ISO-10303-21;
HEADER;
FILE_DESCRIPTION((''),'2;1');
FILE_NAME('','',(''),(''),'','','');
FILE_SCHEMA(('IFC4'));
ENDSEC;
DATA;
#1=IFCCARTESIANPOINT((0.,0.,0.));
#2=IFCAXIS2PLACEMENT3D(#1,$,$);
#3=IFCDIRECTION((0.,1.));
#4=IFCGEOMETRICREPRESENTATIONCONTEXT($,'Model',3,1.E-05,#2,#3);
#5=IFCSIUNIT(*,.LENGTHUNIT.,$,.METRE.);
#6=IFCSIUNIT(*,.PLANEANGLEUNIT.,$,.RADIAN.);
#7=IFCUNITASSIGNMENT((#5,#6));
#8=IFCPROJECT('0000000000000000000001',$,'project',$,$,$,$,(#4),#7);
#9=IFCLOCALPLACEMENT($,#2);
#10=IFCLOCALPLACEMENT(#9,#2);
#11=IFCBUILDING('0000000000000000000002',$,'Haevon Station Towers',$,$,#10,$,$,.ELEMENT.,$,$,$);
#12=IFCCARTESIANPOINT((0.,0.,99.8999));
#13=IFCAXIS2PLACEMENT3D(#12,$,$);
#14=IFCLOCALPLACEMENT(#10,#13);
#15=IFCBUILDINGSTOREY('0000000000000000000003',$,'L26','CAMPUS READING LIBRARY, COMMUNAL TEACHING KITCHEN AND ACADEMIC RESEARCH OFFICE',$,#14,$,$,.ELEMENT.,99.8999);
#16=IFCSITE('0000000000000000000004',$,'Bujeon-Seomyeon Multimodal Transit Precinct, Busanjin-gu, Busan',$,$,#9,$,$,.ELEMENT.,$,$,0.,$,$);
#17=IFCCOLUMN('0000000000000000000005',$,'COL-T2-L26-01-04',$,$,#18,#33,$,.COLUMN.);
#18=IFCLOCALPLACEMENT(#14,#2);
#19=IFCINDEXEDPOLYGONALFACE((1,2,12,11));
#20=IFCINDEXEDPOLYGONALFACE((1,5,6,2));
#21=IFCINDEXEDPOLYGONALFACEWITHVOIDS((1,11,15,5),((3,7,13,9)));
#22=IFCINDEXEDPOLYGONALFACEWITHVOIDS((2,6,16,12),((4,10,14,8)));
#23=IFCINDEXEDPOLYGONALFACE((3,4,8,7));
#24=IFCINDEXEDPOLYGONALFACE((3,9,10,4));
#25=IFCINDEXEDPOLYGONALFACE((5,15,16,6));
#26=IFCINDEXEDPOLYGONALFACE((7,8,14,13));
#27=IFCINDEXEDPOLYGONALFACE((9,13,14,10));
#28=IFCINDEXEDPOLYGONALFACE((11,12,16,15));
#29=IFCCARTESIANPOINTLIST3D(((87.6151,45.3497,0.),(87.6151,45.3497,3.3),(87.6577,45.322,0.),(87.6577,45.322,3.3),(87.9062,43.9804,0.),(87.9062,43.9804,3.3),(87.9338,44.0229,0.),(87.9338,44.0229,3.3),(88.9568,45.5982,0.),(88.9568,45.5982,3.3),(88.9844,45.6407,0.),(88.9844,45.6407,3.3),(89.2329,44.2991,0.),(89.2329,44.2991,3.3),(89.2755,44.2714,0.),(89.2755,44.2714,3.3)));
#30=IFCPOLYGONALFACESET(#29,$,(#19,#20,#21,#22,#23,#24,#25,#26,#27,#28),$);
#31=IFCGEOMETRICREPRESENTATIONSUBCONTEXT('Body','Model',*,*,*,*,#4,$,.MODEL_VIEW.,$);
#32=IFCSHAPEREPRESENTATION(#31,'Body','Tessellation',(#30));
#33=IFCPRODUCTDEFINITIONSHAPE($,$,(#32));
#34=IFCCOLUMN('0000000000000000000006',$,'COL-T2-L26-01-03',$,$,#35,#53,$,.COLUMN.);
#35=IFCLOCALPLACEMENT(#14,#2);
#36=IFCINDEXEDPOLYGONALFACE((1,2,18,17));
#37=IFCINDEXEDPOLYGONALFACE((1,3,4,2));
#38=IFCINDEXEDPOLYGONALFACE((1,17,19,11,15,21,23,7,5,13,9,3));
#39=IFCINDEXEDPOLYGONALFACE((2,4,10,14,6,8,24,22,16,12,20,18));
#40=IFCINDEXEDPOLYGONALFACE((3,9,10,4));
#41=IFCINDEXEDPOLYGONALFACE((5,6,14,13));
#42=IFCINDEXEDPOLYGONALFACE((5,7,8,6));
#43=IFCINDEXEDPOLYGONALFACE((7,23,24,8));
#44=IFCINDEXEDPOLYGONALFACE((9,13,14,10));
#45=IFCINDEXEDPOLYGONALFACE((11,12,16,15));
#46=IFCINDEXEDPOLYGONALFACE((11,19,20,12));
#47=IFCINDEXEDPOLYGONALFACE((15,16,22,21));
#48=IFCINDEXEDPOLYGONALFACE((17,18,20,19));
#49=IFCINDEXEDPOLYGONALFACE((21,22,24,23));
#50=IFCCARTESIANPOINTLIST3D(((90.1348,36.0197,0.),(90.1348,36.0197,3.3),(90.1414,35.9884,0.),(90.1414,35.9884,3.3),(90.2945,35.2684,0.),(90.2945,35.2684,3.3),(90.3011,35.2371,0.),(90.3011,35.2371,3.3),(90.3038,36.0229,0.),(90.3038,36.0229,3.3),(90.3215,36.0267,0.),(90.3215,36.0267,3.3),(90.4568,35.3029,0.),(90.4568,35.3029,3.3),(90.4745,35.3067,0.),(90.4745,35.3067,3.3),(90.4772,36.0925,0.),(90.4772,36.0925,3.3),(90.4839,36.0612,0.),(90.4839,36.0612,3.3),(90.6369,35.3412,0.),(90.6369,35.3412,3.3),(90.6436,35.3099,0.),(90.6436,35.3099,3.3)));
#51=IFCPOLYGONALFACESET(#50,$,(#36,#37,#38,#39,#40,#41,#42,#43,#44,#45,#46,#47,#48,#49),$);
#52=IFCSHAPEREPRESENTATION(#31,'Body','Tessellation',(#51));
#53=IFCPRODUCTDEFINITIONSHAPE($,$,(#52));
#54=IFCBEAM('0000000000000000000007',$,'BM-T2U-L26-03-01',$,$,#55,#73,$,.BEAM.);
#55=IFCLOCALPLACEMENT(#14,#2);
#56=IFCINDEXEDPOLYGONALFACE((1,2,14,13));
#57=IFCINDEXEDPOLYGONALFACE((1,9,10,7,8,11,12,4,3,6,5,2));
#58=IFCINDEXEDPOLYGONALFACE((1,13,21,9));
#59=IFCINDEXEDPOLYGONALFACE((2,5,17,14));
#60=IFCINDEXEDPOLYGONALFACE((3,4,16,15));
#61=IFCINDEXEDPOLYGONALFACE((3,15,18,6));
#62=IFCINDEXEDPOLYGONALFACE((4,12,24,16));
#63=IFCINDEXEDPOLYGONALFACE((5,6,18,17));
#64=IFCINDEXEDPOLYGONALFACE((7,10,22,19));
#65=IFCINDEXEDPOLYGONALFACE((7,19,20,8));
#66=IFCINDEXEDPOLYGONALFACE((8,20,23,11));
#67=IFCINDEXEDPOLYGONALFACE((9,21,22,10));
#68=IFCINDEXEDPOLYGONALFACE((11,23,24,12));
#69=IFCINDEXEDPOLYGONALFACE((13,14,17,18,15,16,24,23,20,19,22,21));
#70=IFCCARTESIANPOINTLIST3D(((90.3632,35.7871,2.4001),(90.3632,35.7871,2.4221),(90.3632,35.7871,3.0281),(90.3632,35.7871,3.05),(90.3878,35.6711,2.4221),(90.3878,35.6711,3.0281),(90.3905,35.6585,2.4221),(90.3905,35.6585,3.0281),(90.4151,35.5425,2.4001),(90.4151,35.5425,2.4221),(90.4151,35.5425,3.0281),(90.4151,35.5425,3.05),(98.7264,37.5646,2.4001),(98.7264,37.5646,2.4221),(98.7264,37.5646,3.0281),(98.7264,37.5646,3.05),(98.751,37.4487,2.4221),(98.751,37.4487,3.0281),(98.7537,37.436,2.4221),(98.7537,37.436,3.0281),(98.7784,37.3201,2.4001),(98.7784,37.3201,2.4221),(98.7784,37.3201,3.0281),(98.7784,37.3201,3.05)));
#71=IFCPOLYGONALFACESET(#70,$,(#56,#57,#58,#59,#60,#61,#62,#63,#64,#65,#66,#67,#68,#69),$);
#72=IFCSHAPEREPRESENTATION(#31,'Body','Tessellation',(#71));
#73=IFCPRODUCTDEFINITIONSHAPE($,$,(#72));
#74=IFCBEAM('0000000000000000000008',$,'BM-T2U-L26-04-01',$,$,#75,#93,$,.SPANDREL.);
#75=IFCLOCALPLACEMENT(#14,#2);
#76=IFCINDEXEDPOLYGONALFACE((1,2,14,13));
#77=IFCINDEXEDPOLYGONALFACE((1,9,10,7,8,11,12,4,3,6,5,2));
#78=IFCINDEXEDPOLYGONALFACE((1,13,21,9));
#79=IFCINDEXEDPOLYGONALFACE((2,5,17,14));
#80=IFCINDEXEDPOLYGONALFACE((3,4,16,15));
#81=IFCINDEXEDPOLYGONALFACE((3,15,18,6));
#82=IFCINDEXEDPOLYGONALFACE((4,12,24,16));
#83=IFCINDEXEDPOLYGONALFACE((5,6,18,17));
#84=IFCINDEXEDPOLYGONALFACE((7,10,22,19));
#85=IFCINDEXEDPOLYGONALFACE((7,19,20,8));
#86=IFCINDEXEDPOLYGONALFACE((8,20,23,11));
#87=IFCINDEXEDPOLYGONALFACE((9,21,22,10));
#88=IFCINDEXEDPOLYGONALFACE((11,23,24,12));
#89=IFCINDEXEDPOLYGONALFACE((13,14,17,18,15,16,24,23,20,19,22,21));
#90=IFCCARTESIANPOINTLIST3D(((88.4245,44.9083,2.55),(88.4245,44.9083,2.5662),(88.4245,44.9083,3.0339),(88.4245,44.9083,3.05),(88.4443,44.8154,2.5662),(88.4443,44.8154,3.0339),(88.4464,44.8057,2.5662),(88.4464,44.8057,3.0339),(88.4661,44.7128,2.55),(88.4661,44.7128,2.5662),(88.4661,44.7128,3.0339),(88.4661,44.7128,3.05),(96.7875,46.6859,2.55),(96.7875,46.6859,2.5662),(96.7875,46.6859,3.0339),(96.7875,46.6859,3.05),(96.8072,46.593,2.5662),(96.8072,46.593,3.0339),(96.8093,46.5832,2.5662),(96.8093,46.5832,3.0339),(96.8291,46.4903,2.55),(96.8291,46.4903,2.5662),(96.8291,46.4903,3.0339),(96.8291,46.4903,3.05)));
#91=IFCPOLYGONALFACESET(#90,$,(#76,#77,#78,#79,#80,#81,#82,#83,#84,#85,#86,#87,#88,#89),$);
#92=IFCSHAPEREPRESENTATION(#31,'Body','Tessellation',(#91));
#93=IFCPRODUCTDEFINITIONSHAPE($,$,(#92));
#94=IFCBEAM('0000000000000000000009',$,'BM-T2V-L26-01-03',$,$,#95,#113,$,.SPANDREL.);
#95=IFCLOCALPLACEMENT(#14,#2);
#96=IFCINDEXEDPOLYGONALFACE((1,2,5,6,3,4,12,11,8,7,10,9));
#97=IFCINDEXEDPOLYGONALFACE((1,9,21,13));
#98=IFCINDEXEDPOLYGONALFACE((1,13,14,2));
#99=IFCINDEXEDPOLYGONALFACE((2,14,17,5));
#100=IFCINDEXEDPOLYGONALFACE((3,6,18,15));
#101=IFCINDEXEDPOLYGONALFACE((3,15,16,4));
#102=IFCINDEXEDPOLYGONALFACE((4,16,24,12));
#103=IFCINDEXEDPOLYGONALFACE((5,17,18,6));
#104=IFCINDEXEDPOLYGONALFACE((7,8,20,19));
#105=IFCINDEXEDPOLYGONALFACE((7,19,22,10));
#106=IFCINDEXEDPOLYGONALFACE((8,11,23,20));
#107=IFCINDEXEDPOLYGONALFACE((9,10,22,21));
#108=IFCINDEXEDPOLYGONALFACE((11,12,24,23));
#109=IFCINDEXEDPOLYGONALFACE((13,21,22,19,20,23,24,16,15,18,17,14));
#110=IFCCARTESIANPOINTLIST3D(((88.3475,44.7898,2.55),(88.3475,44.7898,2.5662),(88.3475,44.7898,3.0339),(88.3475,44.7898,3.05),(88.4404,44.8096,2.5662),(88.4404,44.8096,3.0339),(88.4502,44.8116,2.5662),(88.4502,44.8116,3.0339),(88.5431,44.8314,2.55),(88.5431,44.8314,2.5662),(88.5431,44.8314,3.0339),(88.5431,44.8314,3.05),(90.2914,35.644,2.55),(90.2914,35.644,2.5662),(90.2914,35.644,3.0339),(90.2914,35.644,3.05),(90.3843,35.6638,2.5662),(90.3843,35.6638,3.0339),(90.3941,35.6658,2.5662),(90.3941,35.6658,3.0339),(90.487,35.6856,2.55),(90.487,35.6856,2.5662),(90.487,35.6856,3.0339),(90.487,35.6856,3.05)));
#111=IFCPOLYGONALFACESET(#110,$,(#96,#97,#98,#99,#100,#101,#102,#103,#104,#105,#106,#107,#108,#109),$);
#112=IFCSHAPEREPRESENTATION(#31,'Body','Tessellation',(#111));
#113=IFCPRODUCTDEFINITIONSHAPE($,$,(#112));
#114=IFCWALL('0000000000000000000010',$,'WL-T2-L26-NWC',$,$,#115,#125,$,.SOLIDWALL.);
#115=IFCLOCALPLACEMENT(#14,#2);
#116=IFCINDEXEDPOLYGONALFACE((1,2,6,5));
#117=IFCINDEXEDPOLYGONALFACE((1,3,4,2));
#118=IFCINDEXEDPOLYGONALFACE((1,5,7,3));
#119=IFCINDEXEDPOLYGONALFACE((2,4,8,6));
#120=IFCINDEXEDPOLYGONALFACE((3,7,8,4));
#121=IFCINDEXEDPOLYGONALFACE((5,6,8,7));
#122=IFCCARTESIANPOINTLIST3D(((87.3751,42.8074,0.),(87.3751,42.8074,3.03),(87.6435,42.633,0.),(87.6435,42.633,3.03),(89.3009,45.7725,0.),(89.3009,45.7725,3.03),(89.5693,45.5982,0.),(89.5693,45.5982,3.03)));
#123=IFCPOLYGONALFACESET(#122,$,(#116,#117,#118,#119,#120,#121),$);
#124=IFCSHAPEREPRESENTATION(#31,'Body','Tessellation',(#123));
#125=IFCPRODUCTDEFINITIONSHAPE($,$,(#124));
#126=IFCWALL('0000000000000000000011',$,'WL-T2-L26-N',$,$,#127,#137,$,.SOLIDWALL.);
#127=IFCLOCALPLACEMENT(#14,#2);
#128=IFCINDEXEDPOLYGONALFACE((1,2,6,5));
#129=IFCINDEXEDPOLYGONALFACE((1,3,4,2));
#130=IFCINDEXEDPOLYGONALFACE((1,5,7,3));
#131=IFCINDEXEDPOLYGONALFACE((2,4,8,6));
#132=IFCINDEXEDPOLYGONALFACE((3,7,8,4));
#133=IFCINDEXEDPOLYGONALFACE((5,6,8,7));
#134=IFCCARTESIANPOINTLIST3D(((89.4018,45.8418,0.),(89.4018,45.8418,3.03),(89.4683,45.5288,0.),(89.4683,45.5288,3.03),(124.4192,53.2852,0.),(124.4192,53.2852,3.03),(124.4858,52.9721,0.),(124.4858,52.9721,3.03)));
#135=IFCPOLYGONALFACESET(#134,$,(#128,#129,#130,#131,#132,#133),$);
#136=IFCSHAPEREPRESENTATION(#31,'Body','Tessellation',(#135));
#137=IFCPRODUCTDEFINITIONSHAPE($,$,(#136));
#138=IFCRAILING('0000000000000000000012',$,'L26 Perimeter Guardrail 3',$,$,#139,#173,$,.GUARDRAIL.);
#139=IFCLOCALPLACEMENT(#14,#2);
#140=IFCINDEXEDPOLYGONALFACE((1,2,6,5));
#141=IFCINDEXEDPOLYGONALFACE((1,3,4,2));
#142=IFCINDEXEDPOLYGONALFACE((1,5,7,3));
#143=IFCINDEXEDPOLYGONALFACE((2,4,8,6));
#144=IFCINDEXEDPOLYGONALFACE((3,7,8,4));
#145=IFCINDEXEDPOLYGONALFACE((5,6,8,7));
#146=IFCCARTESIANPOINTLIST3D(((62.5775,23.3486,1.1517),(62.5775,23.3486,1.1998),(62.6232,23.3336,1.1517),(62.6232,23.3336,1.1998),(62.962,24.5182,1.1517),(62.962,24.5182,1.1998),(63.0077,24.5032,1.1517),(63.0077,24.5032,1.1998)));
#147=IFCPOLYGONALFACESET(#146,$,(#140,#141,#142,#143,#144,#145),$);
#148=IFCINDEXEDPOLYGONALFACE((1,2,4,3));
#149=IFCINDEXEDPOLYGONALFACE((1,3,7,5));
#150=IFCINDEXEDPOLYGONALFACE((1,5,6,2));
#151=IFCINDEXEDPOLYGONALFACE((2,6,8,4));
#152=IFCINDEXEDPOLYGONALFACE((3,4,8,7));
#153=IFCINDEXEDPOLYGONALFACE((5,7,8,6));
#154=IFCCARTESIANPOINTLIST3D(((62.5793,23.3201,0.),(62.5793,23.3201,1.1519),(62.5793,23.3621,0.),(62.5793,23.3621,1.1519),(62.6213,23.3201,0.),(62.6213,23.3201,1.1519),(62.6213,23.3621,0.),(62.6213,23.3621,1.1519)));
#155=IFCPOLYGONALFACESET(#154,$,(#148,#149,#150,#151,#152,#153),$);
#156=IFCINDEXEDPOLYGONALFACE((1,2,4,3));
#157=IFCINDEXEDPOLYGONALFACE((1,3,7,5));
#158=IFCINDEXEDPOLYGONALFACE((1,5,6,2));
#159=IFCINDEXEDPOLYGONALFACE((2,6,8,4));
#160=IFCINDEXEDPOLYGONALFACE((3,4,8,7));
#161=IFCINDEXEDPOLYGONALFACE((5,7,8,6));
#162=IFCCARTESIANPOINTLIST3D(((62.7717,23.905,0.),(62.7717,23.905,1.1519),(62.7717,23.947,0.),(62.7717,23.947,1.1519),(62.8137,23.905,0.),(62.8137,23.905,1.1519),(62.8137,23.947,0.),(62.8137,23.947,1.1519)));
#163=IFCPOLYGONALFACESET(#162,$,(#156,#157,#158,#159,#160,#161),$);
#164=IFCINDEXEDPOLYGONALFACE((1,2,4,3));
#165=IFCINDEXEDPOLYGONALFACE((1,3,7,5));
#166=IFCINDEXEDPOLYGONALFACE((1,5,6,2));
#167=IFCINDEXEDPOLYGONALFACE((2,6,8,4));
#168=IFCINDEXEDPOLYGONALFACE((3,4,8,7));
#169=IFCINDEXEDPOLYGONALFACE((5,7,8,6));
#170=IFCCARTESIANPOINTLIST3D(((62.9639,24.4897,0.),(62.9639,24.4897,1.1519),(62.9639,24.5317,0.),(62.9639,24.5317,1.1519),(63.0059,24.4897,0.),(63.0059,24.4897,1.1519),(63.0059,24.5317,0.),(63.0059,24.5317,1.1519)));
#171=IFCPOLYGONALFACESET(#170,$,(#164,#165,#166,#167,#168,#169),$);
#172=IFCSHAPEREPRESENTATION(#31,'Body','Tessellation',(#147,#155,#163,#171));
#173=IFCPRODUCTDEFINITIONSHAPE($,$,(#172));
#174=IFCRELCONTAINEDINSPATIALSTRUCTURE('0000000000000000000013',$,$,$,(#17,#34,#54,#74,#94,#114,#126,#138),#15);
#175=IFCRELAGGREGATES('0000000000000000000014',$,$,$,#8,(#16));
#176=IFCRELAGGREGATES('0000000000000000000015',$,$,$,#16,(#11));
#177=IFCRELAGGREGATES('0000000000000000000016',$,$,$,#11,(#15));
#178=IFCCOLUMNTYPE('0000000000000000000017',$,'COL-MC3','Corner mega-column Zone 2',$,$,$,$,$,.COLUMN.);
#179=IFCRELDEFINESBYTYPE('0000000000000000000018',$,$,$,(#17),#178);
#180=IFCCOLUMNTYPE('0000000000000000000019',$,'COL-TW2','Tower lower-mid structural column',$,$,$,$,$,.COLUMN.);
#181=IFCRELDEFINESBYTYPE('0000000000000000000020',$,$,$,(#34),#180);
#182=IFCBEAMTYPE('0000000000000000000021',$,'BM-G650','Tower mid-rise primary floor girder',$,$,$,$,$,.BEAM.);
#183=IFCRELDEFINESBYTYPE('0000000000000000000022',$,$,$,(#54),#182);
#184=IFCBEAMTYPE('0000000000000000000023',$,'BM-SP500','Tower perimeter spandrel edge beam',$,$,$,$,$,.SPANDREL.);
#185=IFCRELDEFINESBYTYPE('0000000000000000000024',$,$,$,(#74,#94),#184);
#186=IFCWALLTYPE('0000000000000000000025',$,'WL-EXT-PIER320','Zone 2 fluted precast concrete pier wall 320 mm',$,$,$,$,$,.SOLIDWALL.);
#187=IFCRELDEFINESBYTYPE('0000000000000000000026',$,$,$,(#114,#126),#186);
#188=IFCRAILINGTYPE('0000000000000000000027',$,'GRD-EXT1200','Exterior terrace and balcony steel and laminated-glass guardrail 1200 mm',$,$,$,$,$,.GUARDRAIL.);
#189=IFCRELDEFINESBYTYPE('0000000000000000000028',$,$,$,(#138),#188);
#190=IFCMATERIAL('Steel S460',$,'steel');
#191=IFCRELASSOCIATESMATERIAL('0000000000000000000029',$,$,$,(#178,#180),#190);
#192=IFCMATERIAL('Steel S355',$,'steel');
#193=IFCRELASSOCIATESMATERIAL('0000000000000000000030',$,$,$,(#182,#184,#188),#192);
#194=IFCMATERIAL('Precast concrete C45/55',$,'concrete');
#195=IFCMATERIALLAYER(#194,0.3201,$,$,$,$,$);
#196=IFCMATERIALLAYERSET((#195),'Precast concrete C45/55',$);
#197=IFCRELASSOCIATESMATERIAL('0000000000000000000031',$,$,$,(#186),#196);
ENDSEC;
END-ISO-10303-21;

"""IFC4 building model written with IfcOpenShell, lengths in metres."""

from ifc_helpers import new_model, si_unit, direction, frame, frame_2d, origin, origin_2d, place, context, subcontext, project, spatial, rectangle, hollow_rectangle, i_section, extrude, material, layer, layer_set, material_profile, profile_set, type_object, element, save


model = new_model("IFC4")

# Units and contexts
model_context = context("Model", 3, precision=1e-05, world=origin(), true_north=direction((0.0, 1.0)))
body_context = subcontext(model_context, "Body", "Model", "MODEL_VIEW")
ifc_project = project(units=[si_unit("LENGTHUNIT", "METRE"), si_unit("PLANEANGLEUNIT", "RADIAN")], contexts=[model_context])

# Site, building, storey
site_placement = place(None, origin())
site = spatial("IfcSite", under=ifc_project, at=site_placement, Name="Bujeon-Seomyeon Multimodal Transit Precinct, Busanjin-gu, Busan", CompositionType="ELEMENT", RefElevation=0.0)
building_placement = place(site_placement, origin())
building = spatial("IfcBuilding", under=site, at=building_placement, Name="Haevon Station Towers", CompositionType="ELEMENT")
storey_placement = place(building_placement, frame((0.0, 0.0, 99.8999)))
storey = spatial("IfcBuildingStorey", under=building, at=storey_placement, Name="L26", Description="CAMPUS READING LIBRARY, COMMUNAL TEACHING KITCHEN AND ACADEMIC RESEARCH OFFICE", CompositionType="ELEMENT", Elevation=99.8999)

# Columns
ifc_material_1 = material(Name="Steel S460", Category="steel")
ifc_material_profile_1 = material_profile(ifc_material_1, hollow_rectangle(XDim=1.3999, YDim=1.3999, WallThickness=0.0359, at=origin_2d()), Name="BOX-1400x1400x36")
ifc_profile_set_1 = profile_set([ifc_material_profile_1], Name="Steel S460")
column_type_1 = type_object("IfcColumnType", Name="COL-MC3", Description="Corner mega-column Zone 2", PredefinedType="COLUMN", material=ifc_profile_set_1)
column_1_placement = place(storey_placement, frame((88.4453, 44.8105, 0.0), z_axis=(0.0, 0.0, 1.0), x_axis=(0.978148, 0.207912, 0.0)))
element("IfcColumn", 1, at=column_1_placement, inside=storey, type_object=column_type_1, Name="COL-T2-L26-01-04", PredefinedType="COLUMN", context=body_context, shape_type="SweptSolid", body=[
    extrude(hollow_rectangle(XDim=1.3999, YDim=1.3999, WallThickness=0.0359, at=origin_2d()), origin(), (0.0, 0.0, 1.0), 3.3),
])
ifc_material_profile_2 = material_profile(ifc_material_1, i_section(OverallWidth=0.3501, OverallDepth=0.8, WebThickness=0.0181, FlangeThickness=0.032, at=origin_2d()), Name="H-800x350x18x32")
ifc_profile_set_2 = profile_set([ifc_material_profile_2], Name="Steel S460")
column_type_2 = type_object("IfcColumnType", Name="COL-TW2", Description="Tower lower-mid structural column", PredefinedType="COLUMN", material=ifc_profile_set_2)
column_2_placement = place(storey_placement, frame((90.3892, 35.6648, 0.0), z_axis=(0.0, 0.0, 1.0), x_axis=(0.978148, 0.207912, 0.0)))
element("IfcColumn", 2, at=column_2_placement, inside=storey, type_object=column_type_2, Name="COL-T2-L26-01-03", PredefinedType="COLUMN", context=body_context, shape_type="SweptSolid", body=[
    extrude(i_section(OverallWidth=0.3501, OverallDepth=0.8, WebThickness=0.0181, FlangeThickness=0.032, at=origin_2d()), origin(), (0.0, 0.0, 1.0), 3.3),
])

# Beams
ifc_material_2 = material(Name="Steel S355", Category="steel")
ifc_material_profile_3 = material_profile(ifc_material_2, i_section(OverallWidth=0.25, OverallDepth=0.6499, WebThickness=0.0129, FlangeThickness=0.022, at=origin_2d()), Name="H-650x250x13x22")
ifc_profile_set_3 = profile_set([ifc_material_profile_3], Name="Steel S355")
beam_type_1 = type_object("IfcBeamType", Name="BM-G650", Description="Tower mid-rise primary floor girder", PredefinedType="BEAM", material=ifc_profile_set_3)
beam_1_placement = place(storey_placement, frame((90.3892, 35.6648, 2.7251), z_axis=(0.97815, 0.207902, 0.0), x_axis=(-0.207902, 0.97815, 0.0)))
element("IfcBeam", 3, at=beam_1_placement, inside=storey, type_object=beam_type_1, Name="BM-T2U-L26-03-01", PredefinedType="BEAM", context=body_context, shape_type="SweptSolid", body=[
    extrude(i_section(OverallWidth=0.25, OverallDepth=0.6499, WebThickness=0.0129, FlangeThickness=0.022, at=origin_2d()), origin(), (0.0, 0.0, 1.0), 8.55),
])
ifc_material_profile_4 = material_profile(ifc_material_2, i_section(OverallWidth=0.2, OverallDepth=0.5, WebThickness=0.01, FlangeThickness=0.0161, at=origin_2d()), Name="H-500x200x10x16")
ifc_profile_set_4 = profile_set([ifc_material_profile_4], Name="Steel S355")
beam_type_2 = type_object("IfcBeamType", Name="BM-SP500", Description="Tower perimeter spandrel edge beam", PredefinedType="SPANDREL", material=ifc_profile_set_4)
beam_2_placement = place(storey_placement, frame((88.4453, 44.8105, 2.8), z_axis=(0.978148, 0.207908, 0.0), x_axis=(-0.207908, 0.978148, 0.0)))
element("IfcBeam", 4, at=beam_2_placement, inside=storey, type_object=beam_type_2, Name="BM-T2U-L26-04-01", PredefinedType="SPANDREL", context=body_context, shape_type="SweptSolid", body=[
    extrude(i_section(OverallWidth=0.2, OverallDepth=0.5, WebThickness=0.01, FlangeThickness=0.0161, at=origin_2d()), origin(), (0.0, 0.0, 1.0), 8.5498),
])
beam_3_placement = place(storey_placement, frame((90.3892, 35.6648, 2.8), z_axis=(-0.207897, 0.978151, 0.0), x_axis=(-0.978151, -0.207897, 0.0)))
element("IfcBeam", 5, at=beam_3_placement, inside=storey, type_object=beam_type_2, Name="BM-T2V-L26-01-03", PredefinedType="SPANDREL", context=body_context, shape_type="SweptSolid", body=[
    extrude(i_section(OverallWidth=0.2, OverallDepth=0.5, WebThickness=0.01, FlangeThickness=0.0161, at=origin_2d()), origin(), (0.0, 0.0, 1.0), 9.3501),
])

# Walls
ifc_material_3 = material(Name="Precast concrete C45/55", Category="concrete")
ifc_layer_1 = layer(ifc_material_3, 0.3201)
ifc_layer_set_1 = layer_set([ifc_layer_1], Name="Precast concrete C45/55")
wall_type = type_object("IfcWallType", Name="WL-EXT-PIER320", Description="Zone 2 fluted precast concrete pier wall 320 mm", PredefinedType="SOLIDWALL", material=ifc_layer_set_1)
wall_1_placement = place(storey_placement, frame((87.5093, 42.7202, 0.0), z_axis=(0.0, 0.0, 1.0), x_axis=(0.544685, 0.838641, 0.0)))
element("IfcWall", 6, at=wall_1_placement, inside=storey, type_object=wall_type, Name="WL-T2-L26-NWC", PredefinedType="SOLIDWALL", context=body_context, shape_type="SweptSolid", body=[
    extrude(rectangle(XDim=3.5356, YDim=0.3201, at=frame_2d((1.7678, 0.0))), origin(), (0.0, 0.0, 1.0), 3.03),
])
wall_2_placement = place(storey_placement, frame((89.4351, 45.6853, 0.0), z_axis=(0.0, 0.0, 1.0), x_axis=(0.978147, 0.207916, 0.0)))
element("IfcWall", 7, at=wall_2_placement, inside=storey, type_object=wall_type, Name="WL-T2-L26-N", PredefinedType="SOLIDWALL", context=body_context, shape_type="SweptSolid", body=[
    extrude(rectangle(XDim=35.7998, YDim=0.3201, at=frame_2d((17.8999, 0.0))), origin(), (0.0, 0.0, 1.0), 3.03),
])

# Railing
railing_type = type_object("IfcRailingType", Name="GRD-EXT1200", Description="Exterior terrace and balcony steel and laminated-glass guardrail 1200 mm", PredefinedType="GUARDRAIL", material=ifc_material_2)
railing_1_placement = place(storey_placement, frame((62.6003, 23.3411, 0.0)))
element("IfcRailing", 8, at=railing_1_placement, inside=storey, type_object=railing_type, Name="L26 Perimeter Guardrail 3", PredefinedType="GUARDRAIL", context=body_context, shape_type="SweptSolid", body=[
    extrude(rectangle(XDim=0.0481, YDim=0.0481, at=origin_2d()), frame((0.0, 0.0, 1.1758), z_axis=(0.312299, 0.949984, 0.0), x_axis=(-0.949984, 0.312299, 0.0)), (0.0, 0.0, 1.0), 1.2312),
    extrude(rectangle(XDim=0.042, YDim=0.042, at=origin_2d()), origin(), (0.0, 0.0, 1.0), 1.1519),
    extrude(rectangle(XDim=0.042, YDim=0.042, at=origin_2d()), frame((0.1924, 0.585, 0.0)), (0.0, 0.0, 1.0), 1.1519),
    extrude(rectangle(XDim=0.042, YDim=0.042, at=origin_2d()), frame((0.3845, 1.1697, 0.0)), (0.0, 0.0, 1.0), 1.1519),
])

save(model, "model.ifc")
